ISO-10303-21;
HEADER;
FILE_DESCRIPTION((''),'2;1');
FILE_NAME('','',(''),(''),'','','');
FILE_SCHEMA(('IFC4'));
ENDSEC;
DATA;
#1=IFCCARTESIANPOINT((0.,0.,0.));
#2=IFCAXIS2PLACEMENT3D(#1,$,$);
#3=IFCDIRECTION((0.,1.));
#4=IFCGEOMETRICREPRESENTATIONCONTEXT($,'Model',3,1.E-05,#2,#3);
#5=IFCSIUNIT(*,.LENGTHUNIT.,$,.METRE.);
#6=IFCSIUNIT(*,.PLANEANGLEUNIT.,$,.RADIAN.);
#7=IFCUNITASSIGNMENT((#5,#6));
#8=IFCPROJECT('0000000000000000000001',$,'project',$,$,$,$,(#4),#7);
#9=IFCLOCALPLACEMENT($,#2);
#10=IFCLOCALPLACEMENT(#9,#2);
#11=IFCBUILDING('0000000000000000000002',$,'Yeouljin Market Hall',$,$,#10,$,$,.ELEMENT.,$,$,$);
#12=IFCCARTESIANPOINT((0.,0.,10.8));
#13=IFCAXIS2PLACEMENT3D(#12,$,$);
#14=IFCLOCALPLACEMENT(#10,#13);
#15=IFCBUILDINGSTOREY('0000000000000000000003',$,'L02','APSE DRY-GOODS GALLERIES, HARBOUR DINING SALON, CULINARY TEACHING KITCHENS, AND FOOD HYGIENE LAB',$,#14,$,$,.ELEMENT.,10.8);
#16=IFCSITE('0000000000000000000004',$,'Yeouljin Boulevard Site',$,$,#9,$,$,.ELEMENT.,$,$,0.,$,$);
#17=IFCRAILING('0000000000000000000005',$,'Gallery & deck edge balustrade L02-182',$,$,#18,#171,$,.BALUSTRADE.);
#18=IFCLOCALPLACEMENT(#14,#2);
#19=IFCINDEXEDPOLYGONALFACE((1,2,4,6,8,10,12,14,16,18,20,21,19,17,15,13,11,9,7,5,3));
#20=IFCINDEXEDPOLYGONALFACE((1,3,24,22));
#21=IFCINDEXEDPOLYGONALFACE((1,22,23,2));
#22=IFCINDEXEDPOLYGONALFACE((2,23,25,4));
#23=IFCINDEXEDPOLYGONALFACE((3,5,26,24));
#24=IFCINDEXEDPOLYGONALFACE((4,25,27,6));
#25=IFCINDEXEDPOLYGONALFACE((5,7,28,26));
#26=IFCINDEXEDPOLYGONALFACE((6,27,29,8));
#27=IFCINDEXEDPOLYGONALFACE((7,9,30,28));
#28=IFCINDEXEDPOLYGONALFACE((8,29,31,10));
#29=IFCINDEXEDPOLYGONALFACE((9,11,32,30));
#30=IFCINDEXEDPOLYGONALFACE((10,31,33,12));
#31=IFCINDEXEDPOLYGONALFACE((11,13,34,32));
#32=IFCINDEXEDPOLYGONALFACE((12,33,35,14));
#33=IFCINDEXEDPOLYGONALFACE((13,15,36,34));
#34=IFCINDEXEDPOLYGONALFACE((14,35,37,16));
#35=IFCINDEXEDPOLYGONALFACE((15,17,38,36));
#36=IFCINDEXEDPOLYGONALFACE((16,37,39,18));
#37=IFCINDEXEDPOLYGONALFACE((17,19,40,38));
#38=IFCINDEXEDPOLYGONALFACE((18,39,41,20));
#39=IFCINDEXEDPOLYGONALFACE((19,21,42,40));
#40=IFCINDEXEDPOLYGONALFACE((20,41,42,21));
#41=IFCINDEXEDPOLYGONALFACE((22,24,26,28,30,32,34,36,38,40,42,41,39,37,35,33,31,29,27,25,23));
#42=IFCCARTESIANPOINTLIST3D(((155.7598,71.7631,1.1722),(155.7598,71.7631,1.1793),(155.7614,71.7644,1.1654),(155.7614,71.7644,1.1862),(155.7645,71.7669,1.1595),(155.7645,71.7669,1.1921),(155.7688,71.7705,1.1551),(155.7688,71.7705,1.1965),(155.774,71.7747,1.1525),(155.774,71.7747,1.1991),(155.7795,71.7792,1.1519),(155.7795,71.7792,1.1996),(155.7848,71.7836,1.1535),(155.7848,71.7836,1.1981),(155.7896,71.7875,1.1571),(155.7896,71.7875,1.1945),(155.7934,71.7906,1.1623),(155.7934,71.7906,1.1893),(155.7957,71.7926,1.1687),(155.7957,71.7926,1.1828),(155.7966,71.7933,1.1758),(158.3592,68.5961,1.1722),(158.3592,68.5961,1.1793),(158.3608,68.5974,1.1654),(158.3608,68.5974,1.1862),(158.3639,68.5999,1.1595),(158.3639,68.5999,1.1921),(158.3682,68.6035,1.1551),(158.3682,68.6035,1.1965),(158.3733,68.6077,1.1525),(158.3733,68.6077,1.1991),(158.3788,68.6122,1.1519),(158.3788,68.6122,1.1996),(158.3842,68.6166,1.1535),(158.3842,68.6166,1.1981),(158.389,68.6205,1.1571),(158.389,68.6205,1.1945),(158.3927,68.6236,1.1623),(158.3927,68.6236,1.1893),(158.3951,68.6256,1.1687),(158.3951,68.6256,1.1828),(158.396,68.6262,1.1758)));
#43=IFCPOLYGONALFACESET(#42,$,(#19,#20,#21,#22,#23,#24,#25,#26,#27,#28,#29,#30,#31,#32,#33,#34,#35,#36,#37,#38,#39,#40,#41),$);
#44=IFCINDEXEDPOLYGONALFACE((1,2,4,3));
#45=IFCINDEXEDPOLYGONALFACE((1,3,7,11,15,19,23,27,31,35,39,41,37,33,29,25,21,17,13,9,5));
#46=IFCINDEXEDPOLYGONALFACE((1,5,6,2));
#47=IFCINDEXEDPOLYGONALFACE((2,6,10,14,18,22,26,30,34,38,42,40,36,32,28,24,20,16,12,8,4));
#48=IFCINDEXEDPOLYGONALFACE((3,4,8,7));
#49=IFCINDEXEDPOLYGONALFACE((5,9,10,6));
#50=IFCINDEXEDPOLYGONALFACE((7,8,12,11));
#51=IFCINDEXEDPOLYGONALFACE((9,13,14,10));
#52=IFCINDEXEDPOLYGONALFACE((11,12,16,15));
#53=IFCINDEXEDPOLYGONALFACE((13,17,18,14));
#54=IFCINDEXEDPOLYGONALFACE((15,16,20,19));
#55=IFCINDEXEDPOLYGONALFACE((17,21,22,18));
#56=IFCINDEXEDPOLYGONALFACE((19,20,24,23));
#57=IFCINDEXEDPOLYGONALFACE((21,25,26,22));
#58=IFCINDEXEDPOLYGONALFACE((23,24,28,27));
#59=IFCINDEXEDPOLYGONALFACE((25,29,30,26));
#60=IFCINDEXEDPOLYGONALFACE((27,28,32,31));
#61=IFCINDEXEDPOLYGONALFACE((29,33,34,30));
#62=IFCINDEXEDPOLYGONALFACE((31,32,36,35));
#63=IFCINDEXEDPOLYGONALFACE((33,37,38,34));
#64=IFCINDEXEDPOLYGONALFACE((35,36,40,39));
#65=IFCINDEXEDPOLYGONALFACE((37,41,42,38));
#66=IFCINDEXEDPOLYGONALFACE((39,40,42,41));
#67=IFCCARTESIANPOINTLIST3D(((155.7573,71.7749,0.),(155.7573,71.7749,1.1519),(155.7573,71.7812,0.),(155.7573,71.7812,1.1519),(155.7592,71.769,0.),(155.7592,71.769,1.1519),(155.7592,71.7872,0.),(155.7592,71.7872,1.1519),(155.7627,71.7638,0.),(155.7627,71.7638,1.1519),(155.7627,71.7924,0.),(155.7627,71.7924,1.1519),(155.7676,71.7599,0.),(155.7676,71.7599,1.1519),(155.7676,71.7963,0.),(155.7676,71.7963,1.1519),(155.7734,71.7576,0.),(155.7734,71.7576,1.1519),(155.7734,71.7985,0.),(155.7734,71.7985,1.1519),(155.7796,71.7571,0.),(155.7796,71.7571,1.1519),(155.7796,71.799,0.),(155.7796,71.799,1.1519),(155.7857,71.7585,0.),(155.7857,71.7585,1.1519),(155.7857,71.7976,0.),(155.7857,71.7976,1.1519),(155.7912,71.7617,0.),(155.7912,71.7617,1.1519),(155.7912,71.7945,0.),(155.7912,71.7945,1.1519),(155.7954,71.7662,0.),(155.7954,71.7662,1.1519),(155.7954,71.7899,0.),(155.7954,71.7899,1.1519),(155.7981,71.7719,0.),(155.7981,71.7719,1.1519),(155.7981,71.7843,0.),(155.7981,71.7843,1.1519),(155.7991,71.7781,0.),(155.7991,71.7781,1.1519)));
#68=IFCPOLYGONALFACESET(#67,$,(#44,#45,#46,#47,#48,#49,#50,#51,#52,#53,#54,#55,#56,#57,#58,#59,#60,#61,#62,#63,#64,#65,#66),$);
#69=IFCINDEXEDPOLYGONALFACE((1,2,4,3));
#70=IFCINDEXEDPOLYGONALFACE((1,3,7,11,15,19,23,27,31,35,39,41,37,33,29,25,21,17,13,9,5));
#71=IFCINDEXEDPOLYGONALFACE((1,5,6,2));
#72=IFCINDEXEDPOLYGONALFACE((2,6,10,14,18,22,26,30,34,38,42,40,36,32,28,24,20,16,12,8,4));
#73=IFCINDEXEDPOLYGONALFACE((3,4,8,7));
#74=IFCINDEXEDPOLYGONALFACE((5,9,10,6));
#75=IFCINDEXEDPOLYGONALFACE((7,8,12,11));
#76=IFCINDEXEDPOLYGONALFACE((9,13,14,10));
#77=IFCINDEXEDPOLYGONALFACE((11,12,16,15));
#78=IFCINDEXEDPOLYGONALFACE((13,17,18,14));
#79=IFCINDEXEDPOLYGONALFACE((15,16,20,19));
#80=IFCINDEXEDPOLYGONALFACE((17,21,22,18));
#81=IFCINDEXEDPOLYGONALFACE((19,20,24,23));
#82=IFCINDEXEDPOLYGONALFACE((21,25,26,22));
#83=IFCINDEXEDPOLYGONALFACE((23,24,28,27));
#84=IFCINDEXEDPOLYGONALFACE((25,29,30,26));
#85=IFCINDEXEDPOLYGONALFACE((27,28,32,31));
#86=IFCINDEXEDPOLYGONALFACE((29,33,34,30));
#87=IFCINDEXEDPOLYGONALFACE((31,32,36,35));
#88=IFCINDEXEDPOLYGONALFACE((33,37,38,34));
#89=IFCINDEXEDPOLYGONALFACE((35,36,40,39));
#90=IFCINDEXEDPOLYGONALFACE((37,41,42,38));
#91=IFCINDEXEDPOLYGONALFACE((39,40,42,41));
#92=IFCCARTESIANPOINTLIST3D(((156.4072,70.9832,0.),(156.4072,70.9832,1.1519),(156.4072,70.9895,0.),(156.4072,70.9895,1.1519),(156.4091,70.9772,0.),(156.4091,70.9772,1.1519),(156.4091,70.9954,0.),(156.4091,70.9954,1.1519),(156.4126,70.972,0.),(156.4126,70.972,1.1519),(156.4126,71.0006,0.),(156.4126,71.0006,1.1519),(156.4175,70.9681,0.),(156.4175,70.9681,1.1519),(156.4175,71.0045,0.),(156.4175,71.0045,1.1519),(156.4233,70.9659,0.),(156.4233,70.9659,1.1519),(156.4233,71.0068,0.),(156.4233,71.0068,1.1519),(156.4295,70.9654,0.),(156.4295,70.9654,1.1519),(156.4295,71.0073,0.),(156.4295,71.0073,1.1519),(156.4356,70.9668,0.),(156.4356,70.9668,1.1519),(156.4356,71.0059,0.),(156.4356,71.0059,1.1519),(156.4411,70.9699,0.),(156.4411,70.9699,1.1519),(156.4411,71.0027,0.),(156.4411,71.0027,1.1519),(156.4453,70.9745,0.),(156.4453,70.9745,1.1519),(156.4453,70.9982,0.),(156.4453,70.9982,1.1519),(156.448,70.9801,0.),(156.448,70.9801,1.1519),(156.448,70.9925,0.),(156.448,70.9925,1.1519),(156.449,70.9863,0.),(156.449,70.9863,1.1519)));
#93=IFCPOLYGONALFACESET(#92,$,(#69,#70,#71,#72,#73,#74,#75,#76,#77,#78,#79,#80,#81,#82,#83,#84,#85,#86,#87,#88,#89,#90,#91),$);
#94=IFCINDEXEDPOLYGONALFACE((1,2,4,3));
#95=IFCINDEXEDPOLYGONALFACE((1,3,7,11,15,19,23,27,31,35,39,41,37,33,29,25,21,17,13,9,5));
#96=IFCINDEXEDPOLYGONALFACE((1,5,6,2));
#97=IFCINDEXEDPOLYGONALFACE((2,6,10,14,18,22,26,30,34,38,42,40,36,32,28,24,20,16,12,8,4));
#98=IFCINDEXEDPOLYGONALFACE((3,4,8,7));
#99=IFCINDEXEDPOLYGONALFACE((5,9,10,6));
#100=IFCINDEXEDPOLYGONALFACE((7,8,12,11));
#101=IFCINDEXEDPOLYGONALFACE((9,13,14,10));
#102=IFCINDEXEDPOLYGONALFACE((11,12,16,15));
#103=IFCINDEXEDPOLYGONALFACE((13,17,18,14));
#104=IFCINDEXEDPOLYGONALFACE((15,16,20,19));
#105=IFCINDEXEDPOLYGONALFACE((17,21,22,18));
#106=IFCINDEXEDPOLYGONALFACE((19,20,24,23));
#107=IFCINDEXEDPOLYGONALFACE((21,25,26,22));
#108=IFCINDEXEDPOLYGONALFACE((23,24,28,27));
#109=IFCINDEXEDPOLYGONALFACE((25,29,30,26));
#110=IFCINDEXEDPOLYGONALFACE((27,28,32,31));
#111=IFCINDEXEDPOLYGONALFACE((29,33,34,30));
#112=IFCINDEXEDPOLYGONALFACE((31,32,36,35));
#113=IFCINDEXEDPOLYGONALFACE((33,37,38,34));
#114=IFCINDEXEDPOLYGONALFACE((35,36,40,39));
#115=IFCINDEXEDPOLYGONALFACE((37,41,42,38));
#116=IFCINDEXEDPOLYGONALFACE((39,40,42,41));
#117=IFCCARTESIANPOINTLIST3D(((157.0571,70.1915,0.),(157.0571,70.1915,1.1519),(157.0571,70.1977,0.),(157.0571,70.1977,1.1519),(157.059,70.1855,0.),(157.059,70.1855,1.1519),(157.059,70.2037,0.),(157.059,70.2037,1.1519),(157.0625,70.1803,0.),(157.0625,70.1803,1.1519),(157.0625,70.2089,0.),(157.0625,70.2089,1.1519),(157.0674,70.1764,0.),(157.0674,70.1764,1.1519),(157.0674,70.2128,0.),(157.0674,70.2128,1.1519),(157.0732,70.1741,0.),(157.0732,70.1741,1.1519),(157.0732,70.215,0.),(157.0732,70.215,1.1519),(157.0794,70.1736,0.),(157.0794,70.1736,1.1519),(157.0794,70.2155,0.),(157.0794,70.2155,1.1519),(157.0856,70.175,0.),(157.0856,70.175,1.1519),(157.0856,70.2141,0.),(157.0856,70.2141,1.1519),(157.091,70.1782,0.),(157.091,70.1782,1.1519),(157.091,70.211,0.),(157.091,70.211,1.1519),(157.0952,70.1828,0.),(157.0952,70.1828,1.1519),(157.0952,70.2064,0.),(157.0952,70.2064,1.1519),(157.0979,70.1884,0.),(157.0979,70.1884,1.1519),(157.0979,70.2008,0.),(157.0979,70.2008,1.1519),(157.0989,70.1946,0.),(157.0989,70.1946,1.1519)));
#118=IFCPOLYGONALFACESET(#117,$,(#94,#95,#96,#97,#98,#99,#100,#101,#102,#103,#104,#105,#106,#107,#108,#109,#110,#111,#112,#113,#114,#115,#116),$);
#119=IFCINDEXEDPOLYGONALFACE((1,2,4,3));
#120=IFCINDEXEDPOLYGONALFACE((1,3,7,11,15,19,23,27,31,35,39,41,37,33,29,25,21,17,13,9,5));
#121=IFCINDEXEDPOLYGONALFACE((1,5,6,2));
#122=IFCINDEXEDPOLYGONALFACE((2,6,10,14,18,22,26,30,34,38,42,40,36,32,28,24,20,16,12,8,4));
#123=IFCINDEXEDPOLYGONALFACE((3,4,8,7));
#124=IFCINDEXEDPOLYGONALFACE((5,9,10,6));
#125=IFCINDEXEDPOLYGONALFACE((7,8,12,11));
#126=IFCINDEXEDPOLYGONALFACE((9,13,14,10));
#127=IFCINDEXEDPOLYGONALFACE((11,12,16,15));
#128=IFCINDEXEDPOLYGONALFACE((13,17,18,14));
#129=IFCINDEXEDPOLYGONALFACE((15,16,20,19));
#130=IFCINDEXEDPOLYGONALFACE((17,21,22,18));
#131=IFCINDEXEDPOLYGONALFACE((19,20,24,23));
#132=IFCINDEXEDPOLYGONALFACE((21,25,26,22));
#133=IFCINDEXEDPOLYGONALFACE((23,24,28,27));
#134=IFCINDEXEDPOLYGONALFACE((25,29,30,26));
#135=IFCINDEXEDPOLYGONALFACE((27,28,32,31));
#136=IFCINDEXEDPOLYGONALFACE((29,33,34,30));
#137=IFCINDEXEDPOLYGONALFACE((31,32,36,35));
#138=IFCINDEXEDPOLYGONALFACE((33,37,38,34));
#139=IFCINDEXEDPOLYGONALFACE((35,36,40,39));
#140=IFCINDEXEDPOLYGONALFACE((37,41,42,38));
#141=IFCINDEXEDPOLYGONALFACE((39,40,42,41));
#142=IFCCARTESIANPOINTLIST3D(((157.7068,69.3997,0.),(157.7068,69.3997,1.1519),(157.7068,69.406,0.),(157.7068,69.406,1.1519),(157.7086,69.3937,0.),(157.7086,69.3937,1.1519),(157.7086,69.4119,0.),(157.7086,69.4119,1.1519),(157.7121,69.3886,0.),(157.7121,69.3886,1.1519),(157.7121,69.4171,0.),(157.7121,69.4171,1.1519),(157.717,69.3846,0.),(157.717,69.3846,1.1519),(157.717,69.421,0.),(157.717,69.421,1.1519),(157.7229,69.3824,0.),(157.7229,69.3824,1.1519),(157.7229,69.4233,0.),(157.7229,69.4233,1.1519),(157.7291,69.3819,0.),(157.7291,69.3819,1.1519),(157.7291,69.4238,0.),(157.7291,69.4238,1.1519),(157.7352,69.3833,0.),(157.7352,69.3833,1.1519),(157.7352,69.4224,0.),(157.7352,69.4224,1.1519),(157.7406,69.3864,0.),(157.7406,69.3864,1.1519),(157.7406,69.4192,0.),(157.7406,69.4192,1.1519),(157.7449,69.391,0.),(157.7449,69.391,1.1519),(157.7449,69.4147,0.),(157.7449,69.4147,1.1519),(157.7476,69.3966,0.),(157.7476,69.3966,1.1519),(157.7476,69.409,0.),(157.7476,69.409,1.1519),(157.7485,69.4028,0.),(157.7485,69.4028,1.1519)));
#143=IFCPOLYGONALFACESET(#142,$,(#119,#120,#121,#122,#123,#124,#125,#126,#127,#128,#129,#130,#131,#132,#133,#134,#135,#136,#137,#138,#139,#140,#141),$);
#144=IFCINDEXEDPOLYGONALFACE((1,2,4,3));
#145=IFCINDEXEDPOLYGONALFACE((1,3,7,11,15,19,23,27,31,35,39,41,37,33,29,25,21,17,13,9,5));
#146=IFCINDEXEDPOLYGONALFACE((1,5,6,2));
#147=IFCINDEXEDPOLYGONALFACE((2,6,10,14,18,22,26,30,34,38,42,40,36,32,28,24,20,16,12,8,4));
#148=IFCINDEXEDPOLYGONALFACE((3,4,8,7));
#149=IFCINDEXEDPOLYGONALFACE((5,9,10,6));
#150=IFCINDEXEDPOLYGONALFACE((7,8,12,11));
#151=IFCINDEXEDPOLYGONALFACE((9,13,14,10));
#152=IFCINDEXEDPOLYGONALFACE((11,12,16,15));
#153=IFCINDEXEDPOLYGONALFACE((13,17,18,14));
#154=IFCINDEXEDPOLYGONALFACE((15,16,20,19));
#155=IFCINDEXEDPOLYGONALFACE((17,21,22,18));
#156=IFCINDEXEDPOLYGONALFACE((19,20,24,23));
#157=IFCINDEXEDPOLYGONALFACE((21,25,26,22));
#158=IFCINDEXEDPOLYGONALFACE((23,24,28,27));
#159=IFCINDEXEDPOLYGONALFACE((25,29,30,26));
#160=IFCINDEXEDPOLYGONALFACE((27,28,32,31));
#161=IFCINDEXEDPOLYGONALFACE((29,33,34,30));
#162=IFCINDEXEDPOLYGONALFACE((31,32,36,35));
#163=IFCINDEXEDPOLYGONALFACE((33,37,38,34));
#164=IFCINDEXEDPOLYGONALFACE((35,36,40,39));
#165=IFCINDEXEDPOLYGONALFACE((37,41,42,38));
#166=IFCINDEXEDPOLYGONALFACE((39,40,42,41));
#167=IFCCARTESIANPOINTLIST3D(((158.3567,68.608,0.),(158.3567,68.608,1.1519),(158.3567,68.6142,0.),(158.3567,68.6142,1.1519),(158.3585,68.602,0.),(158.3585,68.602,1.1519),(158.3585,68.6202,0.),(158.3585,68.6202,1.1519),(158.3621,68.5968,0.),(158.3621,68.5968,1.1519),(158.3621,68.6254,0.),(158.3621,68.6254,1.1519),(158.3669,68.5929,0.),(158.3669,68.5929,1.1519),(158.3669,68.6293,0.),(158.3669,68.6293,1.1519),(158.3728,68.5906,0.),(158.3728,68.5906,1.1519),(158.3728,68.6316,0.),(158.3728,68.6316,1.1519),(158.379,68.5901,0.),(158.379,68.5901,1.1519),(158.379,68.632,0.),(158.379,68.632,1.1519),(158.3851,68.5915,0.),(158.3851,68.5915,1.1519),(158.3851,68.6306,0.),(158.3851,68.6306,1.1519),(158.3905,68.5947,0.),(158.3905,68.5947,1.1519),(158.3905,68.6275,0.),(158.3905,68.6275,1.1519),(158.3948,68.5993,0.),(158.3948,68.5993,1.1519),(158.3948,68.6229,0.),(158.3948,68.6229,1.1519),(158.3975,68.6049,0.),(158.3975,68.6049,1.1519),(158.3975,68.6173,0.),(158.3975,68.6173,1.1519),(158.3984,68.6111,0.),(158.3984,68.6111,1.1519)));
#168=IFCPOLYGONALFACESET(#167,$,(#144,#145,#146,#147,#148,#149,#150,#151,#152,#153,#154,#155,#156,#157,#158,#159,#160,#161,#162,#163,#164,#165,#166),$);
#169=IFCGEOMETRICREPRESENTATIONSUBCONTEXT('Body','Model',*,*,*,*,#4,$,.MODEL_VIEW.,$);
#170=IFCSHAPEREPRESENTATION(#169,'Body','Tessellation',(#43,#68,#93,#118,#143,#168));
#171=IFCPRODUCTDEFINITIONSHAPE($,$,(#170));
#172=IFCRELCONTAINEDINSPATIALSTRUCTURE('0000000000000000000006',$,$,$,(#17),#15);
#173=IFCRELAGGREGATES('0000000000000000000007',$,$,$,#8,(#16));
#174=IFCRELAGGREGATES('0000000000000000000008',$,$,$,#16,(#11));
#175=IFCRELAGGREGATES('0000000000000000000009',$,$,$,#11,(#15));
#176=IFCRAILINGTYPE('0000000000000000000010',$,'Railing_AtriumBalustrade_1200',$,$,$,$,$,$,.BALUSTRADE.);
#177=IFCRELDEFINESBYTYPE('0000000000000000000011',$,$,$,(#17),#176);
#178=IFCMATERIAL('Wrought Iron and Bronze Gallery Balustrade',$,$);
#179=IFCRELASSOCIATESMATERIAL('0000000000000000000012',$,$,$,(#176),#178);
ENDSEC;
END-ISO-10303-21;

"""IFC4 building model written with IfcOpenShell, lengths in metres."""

from ifc_helpers import new_model, si_unit, direction, frame, origin, origin_2d, place, context, subcontext, project, spatial, circle, extrude, material, type_object, element, save


model = new_model("IFC4")

# Units and contexts
model_context = context("Model", 3, precision=1e-05, world=origin(), true_north=direction((0.0, 1.0)))
body_context = subcontext(model_context, "Body", "Model", "MODEL_VIEW")
ifc_project = project(units=[si_unit("LENGTHUNIT", "METRE"), si_unit("PLANEANGLEUNIT", "RADIAN")], contexts=[model_context])

# Site, building, storey
site_placement = place(None, origin())
site = spatial("IfcSite", under=ifc_project, at=site_placement, Name="Yeouljin Boulevard Site", CompositionType="ELEMENT", RefElevation=0.0)
building_placement = place(site_placement, origin())
building = spatial("IfcBuilding", under=site, at=building_placement, Name="Yeouljin Market Hall", CompositionType="ELEMENT")
storey_placement = place(building_placement, frame((0.0, 0.0, 10.8)))
storey = spatial("IfcBuildingStorey", under=building, at=storey_placement, Name="L02", Description="APSE DRY-GOODS GALLERIES, HARBOUR DINING SALON, CULINARY TEACHING KITCHENS, AND FOOD HYGIENE LAB", CompositionType="ELEMENT", Elevation=10.8)

# Railing
ifc_material_1 = material(Name="Wrought Iron and Bronze Gallery Balustrade")
railing_type_1 = type_object("IfcRailingType", Name="Railing_AtriumBalustrade_1200", PredefinedType="BALUSTRADE", material=ifc_material_1)
railing_1_placement = place(storey_placement, frame((155.7781, 71.7781, 0.0)))
element("IfcRailing", 1, at=railing_1_placement, inside=storey, type_object=railing_type_1, Name="Gallery & deck edge balustrade L02-182", PredefinedType="BALUSTRADE", context=body_context, shape_type="SweptSolid", body=[
    extrude(circle(Radius=0.0239, at=origin_2d()), frame((0.0, 0.0, 1.1758), z_axis=(0.634434, -0.772977, 0.0), x_axis=(0.772977, 0.634434, 0.0)), (0.0, 0.0, 1.0), 4.0972),
    extrude(circle(Radius=0.021, at=origin_2d()), origin(), (0.0, 0.0, 1.0), 1.1519),
    extrude(circle(Radius=0.021, at=origin_2d()), frame((0.6499, -0.7917, 0.0)), (0.0, 0.0, 1.0), 1.1519),
    extrude(circle(Radius=0.021, at=origin_2d()), frame((1.2998, -1.5835, 0.0)), (0.0, 0.0, 1.0), 1.1519),
    extrude(circle(Radius=0.021, at=origin_2d()), frame((1.9495, -2.3752, 0.0)), (0.0, 0.0, 1.0), 1.1519),
    extrude(circle(Radius=0.021, at=origin_2d()), frame((2.5994, -3.167, 0.0)), (0.0, 0.0, 1.0), 1.1519),
])

save(model, "model.ifc")
